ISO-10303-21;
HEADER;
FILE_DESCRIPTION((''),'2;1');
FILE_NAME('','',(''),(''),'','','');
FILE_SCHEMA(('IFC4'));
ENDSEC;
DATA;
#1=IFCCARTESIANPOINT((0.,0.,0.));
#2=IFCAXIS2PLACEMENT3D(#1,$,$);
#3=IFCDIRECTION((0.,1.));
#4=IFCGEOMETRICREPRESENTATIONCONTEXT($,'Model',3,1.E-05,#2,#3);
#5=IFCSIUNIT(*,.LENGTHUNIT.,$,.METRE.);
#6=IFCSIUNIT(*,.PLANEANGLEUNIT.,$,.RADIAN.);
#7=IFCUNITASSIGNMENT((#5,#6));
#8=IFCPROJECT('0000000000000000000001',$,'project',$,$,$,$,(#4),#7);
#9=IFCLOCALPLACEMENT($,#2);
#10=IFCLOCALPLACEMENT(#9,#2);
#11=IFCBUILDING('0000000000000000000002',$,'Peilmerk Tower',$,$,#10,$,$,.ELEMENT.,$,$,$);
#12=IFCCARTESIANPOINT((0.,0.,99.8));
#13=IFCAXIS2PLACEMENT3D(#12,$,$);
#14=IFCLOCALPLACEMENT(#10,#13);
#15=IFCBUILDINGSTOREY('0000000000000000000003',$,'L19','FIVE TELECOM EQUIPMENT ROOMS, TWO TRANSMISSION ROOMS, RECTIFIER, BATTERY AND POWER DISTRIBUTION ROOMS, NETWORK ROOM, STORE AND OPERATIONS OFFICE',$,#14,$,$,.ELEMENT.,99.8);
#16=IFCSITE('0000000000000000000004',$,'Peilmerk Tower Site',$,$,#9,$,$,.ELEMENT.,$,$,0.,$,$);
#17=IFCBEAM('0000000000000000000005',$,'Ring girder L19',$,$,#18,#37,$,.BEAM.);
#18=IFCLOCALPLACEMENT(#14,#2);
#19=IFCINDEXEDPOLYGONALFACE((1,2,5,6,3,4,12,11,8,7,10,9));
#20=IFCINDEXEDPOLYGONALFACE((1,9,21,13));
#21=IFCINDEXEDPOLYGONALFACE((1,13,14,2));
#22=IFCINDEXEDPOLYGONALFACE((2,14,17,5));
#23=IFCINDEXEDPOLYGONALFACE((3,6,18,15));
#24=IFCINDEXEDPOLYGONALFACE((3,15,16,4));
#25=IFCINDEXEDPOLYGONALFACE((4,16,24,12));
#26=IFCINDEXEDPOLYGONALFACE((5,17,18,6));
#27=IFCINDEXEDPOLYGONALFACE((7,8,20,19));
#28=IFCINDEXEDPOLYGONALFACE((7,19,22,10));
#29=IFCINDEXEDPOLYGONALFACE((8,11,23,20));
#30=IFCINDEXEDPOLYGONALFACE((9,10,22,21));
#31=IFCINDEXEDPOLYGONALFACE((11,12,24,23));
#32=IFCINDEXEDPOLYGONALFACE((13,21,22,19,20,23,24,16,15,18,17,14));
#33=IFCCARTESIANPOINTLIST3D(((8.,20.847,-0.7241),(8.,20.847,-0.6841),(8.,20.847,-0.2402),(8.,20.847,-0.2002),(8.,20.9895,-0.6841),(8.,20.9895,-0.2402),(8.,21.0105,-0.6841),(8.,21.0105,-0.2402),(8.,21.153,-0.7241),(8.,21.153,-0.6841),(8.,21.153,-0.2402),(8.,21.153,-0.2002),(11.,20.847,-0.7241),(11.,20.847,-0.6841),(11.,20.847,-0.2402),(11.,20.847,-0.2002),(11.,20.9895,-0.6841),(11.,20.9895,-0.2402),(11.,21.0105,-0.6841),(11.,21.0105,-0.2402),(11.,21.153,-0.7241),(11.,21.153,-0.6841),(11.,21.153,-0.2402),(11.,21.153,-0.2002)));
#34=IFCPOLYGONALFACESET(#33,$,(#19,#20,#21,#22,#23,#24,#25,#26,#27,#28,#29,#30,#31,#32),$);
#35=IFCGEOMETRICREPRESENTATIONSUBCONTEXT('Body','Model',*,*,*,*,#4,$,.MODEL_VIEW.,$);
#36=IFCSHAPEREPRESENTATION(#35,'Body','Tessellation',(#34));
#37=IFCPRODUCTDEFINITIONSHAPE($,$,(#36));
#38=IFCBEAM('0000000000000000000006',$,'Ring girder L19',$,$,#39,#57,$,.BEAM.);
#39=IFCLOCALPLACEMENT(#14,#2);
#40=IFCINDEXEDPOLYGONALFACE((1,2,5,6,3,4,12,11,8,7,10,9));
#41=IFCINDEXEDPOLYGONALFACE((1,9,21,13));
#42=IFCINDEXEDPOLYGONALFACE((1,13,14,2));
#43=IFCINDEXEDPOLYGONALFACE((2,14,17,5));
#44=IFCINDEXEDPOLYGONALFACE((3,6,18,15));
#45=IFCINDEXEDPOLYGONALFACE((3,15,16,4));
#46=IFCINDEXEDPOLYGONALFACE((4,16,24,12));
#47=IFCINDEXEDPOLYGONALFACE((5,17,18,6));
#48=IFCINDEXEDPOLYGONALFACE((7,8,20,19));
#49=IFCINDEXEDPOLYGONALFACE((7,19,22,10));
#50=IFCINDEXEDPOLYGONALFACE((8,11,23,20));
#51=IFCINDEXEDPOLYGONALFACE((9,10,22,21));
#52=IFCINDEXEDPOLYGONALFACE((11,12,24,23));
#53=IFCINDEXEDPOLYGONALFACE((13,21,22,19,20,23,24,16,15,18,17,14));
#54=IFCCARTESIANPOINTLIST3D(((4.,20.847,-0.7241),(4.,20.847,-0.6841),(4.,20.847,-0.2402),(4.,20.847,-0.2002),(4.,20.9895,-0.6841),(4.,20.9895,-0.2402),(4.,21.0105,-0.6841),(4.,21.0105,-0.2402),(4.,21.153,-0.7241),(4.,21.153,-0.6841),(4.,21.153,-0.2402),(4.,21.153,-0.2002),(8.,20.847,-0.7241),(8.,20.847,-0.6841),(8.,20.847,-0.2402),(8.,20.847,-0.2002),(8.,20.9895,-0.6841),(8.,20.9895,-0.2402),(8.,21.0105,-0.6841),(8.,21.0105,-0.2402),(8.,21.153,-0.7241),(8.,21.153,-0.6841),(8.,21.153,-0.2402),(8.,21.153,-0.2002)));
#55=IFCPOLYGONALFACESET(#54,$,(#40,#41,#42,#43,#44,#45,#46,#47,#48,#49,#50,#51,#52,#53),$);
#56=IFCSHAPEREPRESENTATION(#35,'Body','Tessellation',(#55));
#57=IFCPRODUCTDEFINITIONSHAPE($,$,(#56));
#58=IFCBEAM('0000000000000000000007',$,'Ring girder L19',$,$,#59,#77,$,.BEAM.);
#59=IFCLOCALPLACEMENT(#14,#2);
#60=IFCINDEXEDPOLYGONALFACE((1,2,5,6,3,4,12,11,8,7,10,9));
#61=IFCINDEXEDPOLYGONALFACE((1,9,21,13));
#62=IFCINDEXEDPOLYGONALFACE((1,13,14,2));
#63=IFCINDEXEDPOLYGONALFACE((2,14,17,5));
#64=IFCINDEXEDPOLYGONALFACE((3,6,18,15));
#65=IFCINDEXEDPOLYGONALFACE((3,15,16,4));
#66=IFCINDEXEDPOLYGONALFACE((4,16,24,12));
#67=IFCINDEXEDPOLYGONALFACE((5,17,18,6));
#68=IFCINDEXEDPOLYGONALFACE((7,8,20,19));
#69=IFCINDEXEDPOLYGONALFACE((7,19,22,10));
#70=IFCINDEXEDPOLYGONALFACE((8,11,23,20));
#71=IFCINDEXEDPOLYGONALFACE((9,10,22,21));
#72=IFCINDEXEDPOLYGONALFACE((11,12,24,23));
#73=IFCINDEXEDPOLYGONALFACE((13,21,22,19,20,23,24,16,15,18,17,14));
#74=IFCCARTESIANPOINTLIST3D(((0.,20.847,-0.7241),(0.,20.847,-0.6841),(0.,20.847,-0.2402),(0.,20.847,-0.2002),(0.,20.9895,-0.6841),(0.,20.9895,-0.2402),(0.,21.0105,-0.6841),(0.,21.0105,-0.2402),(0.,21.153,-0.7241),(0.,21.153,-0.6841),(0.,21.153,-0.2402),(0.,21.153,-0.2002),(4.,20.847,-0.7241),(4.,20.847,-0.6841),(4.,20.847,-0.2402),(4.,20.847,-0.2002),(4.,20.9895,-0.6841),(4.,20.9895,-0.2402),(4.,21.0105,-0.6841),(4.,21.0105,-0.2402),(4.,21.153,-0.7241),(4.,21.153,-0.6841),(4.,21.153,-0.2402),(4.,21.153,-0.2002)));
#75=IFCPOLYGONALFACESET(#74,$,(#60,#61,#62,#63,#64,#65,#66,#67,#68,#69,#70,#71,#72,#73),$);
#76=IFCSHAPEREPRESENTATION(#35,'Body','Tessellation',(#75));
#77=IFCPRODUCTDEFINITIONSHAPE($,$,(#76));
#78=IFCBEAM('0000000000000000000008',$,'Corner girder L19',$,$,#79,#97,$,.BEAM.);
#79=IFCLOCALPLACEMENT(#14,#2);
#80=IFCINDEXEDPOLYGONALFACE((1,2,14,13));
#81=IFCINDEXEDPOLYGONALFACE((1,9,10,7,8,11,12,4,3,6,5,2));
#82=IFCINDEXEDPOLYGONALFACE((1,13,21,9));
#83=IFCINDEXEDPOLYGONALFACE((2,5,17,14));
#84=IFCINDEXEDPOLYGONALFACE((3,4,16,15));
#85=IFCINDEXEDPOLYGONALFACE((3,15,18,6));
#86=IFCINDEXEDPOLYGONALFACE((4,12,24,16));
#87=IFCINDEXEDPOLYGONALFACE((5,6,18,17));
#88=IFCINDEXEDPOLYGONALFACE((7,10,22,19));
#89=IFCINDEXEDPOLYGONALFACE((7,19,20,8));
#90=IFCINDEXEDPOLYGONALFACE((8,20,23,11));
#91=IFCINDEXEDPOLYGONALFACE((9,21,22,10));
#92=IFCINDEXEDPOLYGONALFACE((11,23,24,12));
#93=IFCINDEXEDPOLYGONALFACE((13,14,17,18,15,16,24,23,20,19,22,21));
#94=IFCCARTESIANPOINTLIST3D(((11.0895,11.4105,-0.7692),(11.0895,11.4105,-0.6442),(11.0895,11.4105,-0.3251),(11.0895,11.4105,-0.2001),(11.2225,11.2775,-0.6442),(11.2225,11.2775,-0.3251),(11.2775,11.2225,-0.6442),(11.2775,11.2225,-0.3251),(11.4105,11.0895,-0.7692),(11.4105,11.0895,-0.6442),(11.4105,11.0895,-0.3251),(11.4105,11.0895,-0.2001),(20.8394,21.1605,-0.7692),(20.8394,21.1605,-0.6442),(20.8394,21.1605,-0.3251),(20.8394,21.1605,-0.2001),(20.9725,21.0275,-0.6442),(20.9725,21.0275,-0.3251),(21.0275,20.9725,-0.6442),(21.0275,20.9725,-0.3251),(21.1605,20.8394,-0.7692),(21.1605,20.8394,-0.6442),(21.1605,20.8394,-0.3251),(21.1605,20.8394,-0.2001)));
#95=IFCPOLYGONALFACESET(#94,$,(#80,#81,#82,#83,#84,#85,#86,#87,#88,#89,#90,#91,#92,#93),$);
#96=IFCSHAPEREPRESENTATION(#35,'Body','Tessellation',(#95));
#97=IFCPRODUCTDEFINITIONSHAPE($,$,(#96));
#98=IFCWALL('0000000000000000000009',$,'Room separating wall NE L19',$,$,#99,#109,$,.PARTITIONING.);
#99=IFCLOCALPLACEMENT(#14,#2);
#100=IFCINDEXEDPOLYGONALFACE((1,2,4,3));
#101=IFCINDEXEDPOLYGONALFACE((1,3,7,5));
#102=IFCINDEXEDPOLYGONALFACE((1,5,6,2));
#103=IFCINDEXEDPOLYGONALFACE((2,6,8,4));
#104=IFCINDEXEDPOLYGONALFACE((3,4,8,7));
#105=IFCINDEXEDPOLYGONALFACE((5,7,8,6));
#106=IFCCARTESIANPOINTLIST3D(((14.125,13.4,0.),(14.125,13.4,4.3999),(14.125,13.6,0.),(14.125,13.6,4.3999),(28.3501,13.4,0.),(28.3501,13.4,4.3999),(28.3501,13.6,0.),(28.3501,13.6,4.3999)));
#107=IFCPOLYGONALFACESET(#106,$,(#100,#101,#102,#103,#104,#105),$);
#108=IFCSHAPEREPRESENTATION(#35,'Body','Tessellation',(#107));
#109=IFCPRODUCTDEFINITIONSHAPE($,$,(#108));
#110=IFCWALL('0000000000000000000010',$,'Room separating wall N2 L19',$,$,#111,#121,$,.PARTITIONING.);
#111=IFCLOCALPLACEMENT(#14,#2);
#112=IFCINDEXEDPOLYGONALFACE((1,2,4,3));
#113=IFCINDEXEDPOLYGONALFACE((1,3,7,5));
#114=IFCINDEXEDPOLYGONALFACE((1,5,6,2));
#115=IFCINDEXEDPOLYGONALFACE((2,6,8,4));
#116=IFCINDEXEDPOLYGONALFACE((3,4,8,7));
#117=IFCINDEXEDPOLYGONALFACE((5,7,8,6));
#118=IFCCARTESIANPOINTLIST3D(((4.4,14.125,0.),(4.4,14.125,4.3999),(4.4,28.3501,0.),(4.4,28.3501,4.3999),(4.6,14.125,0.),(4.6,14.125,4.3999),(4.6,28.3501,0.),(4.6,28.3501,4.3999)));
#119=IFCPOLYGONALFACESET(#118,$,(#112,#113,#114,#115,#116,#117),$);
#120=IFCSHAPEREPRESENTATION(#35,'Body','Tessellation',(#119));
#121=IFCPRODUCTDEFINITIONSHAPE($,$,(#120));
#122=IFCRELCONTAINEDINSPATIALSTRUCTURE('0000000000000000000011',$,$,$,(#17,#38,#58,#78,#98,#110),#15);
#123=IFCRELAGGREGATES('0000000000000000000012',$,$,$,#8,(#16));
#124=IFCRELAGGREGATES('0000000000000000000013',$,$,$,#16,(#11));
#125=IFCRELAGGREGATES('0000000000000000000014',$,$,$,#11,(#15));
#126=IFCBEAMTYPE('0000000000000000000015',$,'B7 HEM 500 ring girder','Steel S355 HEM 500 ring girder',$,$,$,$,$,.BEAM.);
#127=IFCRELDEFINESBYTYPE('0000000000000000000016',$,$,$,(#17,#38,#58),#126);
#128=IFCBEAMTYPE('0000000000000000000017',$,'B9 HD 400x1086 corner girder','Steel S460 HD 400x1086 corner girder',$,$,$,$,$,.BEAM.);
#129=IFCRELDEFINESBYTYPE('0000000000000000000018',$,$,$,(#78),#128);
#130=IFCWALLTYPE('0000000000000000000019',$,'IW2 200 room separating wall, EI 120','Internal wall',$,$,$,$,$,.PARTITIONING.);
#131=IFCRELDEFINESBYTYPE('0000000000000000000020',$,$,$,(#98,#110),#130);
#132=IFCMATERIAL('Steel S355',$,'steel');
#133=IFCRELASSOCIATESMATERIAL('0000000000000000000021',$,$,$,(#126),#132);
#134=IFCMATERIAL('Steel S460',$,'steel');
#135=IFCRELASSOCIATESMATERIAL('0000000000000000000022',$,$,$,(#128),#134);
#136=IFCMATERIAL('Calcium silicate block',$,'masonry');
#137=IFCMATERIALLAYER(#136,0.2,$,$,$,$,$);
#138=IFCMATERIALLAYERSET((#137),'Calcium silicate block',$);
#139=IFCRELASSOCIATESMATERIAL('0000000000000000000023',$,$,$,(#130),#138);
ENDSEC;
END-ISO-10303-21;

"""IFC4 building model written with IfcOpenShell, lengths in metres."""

from ifc_helpers import new_model, si_unit, direction, frame, frame_2d, origin, origin_2d, place, context, subcontext, project, spatial, rectangle, i_section, extrude, material, layer, layer_set, material_profile, profile_set, type_object, element, save


model = new_model("IFC4")

# Units and contexts
model_context = context("Model", 3, precision=1e-05, world=origin(), true_north=direction((0.0, 1.0)))
body_context = subcontext(model_context, "Body", "Model", "MODEL_VIEW")
ifc_project = project(units=[si_unit("LENGTHUNIT", "METRE"), si_unit("PLANEANGLEUNIT", "RADIAN")], contexts=[model_context])

# Site, building, storey
site_placement = place(None, origin())
site = spatial("IfcSite", under=ifc_project, at=site_placement, Name="Peilmerk Tower Site", CompositionType="ELEMENT", RefElevation=0.0)
building_placement = place(site_placement, origin())
building = spatial("IfcBuilding", under=site, at=building_placement, Name="Peilmerk Tower", CompositionType="ELEMENT")
storey_placement = place(building_placement, frame((0.0, 0.0, 99.8)))
storey = spatial("IfcBuildingStorey", under=building, at=storey_placement, Name="L19", Description="FIVE TELECOM EQUIPMENT ROOMS, TWO TRANSMISSION ROOMS, RECTIFIER, BATTERY AND POWER DISTRIBUTION ROOMS, NETWORK ROOM, STORE AND OPERATIONS OFFICE", CompositionType="ELEMENT", Elevation=99.8)

# Shared definitions
ifc_material_1 = material(Name="Steel S460", Category="steel")

# Beams
ifc_material_2 = material(Name="Steel S355", Category="steel")
ifc_material_profile_1 = material_profile(ifc_material_2, i_section(OverallWidth=0.3059, OverallDepth=0.5239, WebThickness=0.021, FlangeThickness=0.04, at=origin_2d()), Name="HEM 500")
ifc_profile_set_1 = profile_set([ifc_material_profile_1], Name="Steel S355")
beam_type_1 = type_object("IfcBeamType", Name="B7 HEM 500 ring girder", Description="Steel S355 HEM 500 ring girder", PredefinedType="BEAM", material=ifc_profile_set_1)
beam_1_placement = place(storey_placement, frame((11.0, 21.0, -0.4622), z_axis=(-1.0, 0.0, 0.0), x_axis=(0.0, -1.0, 0.0)))
element("IfcBeam", 1, at=beam_1_placement, inside=storey, type_object=beam_type_1, Name="Ring girder L19", PredefinedType="BEAM", context=body_context, shape_type="SweptSolid", body=[
    extrude(i_section(OverallWidth=0.3059, OverallDepth=0.5239, WebThickness=0.021, FlangeThickness=0.04, at=origin_2d()), origin(), (0.0, 0.0, 1.0), 3.0),
])
for number, where, z_axis, x_axis, name in (
    (2, (8.0, 21.0, -0.4622), (-1.0, 0.0, 0.0), (0.0, -1.0, 0.0), "Ring girder L19"),
    (3, (4.0, 21.0, -0.4622), (-1.0, 0.0, 0.0), (0.0, -1.0, 0.0), "Ring girder L19"),
):
    element("IfcBeam", number, at=place(storey_placement, frame(where, z_axis=z_axis, x_axis=x_axis)), inside=storey, type_object=beam_type_1, Name=name, PredefinedType="BEAM", context=body_context, shape_type="SweptSolid", body=[
        extrude(i_section(OverallWidth=0.3059, OverallDepth=0.5239, WebThickness=0.021, FlangeThickness=0.04, at=origin_2d()), origin(), (0.0, 0.0, 1.0), 4.0),
    ])
ifc_material_profile_2 = material_profile(ifc_material_1, i_section(OverallWidth=0.4541, OverallDepth=0.5691, WebThickness=0.0779, FlangeThickness=0.125, at=origin_2d()), Name="HD 400x1086")
ifc_profile_set_2 = profile_set([ifc_material_profile_2], Name="Steel S460")
beam_type_2 = type_object("IfcBeamType", Name="B9 HD 400x1086 corner girder", Description="Steel S460 HD 400x1086 corner girder", PredefinedType="BEAM", material=ifc_profile_set_2)
beam_2_placement = place(storey_placement, frame((11.25, 11.25, -0.4846), z_axis=(0.707107, 0.707107, 0.0), x_axis=(-0.707107, 0.707107, 0.0)))
element("IfcBeam", 4, at=beam_2_placement, inside=storey, type_object=beam_type_2, Name="Corner girder L19", PredefinedType="BEAM", context=body_context, shape_type="SweptSolid", body=[
    extrude(i_section(OverallWidth=0.4541, OverallDepth=0.5691, WebThickness=0.0779, FlangeThickness=0.125, at=origin_2d()), origin(), (0.0, 0.0, 1.0), 13.7886),
])

# Walls
ifc_material_3 = material(Name="Calcium silicate block", Category="masonry")
ifc_layer = layer(ifc_material_3, 0.2)
ifc_layer_set = layer_set([ifc_layer], Name="Calcium silicate block")
wall_type = type_object("IfcWallType", Name="IW2 200 room separating wall, EI 120", Description="Internal wall", PredefinedType="PARTITIONING", material=ifc_layer_set)
for number, where, z_axis, x_axis, name in (
    (5, (14.125, 13.5, 0.0), (0.0, 0.0, 1.0), (1.0, 0.0, 0.0), "Room separating wall NE L19"),
    (6, (4.5, 14.125, 0.0), (0.0, 0.0, 1.0), (0.0, 1.0, 0.0), "Room separating wall N2 L19"),
):
    element("IfcWall", number, at=place(storey_placement, frame(where, z_axis=z_axis, x_axis=x_axis)), inside=storey, type_object=wall_type, Name=name, PredefinedType="PARTITIONING", context=body_context, shape_type="SweptSolid", body=[
        extrude(rectangle(XDim=14.2251, YDim=0.2, at=frame_2d((7.1125, 0.0))), origin(), (0.0, 0.0, 1.0), 4.3999),
    ])

save(model, "model.ifc")
